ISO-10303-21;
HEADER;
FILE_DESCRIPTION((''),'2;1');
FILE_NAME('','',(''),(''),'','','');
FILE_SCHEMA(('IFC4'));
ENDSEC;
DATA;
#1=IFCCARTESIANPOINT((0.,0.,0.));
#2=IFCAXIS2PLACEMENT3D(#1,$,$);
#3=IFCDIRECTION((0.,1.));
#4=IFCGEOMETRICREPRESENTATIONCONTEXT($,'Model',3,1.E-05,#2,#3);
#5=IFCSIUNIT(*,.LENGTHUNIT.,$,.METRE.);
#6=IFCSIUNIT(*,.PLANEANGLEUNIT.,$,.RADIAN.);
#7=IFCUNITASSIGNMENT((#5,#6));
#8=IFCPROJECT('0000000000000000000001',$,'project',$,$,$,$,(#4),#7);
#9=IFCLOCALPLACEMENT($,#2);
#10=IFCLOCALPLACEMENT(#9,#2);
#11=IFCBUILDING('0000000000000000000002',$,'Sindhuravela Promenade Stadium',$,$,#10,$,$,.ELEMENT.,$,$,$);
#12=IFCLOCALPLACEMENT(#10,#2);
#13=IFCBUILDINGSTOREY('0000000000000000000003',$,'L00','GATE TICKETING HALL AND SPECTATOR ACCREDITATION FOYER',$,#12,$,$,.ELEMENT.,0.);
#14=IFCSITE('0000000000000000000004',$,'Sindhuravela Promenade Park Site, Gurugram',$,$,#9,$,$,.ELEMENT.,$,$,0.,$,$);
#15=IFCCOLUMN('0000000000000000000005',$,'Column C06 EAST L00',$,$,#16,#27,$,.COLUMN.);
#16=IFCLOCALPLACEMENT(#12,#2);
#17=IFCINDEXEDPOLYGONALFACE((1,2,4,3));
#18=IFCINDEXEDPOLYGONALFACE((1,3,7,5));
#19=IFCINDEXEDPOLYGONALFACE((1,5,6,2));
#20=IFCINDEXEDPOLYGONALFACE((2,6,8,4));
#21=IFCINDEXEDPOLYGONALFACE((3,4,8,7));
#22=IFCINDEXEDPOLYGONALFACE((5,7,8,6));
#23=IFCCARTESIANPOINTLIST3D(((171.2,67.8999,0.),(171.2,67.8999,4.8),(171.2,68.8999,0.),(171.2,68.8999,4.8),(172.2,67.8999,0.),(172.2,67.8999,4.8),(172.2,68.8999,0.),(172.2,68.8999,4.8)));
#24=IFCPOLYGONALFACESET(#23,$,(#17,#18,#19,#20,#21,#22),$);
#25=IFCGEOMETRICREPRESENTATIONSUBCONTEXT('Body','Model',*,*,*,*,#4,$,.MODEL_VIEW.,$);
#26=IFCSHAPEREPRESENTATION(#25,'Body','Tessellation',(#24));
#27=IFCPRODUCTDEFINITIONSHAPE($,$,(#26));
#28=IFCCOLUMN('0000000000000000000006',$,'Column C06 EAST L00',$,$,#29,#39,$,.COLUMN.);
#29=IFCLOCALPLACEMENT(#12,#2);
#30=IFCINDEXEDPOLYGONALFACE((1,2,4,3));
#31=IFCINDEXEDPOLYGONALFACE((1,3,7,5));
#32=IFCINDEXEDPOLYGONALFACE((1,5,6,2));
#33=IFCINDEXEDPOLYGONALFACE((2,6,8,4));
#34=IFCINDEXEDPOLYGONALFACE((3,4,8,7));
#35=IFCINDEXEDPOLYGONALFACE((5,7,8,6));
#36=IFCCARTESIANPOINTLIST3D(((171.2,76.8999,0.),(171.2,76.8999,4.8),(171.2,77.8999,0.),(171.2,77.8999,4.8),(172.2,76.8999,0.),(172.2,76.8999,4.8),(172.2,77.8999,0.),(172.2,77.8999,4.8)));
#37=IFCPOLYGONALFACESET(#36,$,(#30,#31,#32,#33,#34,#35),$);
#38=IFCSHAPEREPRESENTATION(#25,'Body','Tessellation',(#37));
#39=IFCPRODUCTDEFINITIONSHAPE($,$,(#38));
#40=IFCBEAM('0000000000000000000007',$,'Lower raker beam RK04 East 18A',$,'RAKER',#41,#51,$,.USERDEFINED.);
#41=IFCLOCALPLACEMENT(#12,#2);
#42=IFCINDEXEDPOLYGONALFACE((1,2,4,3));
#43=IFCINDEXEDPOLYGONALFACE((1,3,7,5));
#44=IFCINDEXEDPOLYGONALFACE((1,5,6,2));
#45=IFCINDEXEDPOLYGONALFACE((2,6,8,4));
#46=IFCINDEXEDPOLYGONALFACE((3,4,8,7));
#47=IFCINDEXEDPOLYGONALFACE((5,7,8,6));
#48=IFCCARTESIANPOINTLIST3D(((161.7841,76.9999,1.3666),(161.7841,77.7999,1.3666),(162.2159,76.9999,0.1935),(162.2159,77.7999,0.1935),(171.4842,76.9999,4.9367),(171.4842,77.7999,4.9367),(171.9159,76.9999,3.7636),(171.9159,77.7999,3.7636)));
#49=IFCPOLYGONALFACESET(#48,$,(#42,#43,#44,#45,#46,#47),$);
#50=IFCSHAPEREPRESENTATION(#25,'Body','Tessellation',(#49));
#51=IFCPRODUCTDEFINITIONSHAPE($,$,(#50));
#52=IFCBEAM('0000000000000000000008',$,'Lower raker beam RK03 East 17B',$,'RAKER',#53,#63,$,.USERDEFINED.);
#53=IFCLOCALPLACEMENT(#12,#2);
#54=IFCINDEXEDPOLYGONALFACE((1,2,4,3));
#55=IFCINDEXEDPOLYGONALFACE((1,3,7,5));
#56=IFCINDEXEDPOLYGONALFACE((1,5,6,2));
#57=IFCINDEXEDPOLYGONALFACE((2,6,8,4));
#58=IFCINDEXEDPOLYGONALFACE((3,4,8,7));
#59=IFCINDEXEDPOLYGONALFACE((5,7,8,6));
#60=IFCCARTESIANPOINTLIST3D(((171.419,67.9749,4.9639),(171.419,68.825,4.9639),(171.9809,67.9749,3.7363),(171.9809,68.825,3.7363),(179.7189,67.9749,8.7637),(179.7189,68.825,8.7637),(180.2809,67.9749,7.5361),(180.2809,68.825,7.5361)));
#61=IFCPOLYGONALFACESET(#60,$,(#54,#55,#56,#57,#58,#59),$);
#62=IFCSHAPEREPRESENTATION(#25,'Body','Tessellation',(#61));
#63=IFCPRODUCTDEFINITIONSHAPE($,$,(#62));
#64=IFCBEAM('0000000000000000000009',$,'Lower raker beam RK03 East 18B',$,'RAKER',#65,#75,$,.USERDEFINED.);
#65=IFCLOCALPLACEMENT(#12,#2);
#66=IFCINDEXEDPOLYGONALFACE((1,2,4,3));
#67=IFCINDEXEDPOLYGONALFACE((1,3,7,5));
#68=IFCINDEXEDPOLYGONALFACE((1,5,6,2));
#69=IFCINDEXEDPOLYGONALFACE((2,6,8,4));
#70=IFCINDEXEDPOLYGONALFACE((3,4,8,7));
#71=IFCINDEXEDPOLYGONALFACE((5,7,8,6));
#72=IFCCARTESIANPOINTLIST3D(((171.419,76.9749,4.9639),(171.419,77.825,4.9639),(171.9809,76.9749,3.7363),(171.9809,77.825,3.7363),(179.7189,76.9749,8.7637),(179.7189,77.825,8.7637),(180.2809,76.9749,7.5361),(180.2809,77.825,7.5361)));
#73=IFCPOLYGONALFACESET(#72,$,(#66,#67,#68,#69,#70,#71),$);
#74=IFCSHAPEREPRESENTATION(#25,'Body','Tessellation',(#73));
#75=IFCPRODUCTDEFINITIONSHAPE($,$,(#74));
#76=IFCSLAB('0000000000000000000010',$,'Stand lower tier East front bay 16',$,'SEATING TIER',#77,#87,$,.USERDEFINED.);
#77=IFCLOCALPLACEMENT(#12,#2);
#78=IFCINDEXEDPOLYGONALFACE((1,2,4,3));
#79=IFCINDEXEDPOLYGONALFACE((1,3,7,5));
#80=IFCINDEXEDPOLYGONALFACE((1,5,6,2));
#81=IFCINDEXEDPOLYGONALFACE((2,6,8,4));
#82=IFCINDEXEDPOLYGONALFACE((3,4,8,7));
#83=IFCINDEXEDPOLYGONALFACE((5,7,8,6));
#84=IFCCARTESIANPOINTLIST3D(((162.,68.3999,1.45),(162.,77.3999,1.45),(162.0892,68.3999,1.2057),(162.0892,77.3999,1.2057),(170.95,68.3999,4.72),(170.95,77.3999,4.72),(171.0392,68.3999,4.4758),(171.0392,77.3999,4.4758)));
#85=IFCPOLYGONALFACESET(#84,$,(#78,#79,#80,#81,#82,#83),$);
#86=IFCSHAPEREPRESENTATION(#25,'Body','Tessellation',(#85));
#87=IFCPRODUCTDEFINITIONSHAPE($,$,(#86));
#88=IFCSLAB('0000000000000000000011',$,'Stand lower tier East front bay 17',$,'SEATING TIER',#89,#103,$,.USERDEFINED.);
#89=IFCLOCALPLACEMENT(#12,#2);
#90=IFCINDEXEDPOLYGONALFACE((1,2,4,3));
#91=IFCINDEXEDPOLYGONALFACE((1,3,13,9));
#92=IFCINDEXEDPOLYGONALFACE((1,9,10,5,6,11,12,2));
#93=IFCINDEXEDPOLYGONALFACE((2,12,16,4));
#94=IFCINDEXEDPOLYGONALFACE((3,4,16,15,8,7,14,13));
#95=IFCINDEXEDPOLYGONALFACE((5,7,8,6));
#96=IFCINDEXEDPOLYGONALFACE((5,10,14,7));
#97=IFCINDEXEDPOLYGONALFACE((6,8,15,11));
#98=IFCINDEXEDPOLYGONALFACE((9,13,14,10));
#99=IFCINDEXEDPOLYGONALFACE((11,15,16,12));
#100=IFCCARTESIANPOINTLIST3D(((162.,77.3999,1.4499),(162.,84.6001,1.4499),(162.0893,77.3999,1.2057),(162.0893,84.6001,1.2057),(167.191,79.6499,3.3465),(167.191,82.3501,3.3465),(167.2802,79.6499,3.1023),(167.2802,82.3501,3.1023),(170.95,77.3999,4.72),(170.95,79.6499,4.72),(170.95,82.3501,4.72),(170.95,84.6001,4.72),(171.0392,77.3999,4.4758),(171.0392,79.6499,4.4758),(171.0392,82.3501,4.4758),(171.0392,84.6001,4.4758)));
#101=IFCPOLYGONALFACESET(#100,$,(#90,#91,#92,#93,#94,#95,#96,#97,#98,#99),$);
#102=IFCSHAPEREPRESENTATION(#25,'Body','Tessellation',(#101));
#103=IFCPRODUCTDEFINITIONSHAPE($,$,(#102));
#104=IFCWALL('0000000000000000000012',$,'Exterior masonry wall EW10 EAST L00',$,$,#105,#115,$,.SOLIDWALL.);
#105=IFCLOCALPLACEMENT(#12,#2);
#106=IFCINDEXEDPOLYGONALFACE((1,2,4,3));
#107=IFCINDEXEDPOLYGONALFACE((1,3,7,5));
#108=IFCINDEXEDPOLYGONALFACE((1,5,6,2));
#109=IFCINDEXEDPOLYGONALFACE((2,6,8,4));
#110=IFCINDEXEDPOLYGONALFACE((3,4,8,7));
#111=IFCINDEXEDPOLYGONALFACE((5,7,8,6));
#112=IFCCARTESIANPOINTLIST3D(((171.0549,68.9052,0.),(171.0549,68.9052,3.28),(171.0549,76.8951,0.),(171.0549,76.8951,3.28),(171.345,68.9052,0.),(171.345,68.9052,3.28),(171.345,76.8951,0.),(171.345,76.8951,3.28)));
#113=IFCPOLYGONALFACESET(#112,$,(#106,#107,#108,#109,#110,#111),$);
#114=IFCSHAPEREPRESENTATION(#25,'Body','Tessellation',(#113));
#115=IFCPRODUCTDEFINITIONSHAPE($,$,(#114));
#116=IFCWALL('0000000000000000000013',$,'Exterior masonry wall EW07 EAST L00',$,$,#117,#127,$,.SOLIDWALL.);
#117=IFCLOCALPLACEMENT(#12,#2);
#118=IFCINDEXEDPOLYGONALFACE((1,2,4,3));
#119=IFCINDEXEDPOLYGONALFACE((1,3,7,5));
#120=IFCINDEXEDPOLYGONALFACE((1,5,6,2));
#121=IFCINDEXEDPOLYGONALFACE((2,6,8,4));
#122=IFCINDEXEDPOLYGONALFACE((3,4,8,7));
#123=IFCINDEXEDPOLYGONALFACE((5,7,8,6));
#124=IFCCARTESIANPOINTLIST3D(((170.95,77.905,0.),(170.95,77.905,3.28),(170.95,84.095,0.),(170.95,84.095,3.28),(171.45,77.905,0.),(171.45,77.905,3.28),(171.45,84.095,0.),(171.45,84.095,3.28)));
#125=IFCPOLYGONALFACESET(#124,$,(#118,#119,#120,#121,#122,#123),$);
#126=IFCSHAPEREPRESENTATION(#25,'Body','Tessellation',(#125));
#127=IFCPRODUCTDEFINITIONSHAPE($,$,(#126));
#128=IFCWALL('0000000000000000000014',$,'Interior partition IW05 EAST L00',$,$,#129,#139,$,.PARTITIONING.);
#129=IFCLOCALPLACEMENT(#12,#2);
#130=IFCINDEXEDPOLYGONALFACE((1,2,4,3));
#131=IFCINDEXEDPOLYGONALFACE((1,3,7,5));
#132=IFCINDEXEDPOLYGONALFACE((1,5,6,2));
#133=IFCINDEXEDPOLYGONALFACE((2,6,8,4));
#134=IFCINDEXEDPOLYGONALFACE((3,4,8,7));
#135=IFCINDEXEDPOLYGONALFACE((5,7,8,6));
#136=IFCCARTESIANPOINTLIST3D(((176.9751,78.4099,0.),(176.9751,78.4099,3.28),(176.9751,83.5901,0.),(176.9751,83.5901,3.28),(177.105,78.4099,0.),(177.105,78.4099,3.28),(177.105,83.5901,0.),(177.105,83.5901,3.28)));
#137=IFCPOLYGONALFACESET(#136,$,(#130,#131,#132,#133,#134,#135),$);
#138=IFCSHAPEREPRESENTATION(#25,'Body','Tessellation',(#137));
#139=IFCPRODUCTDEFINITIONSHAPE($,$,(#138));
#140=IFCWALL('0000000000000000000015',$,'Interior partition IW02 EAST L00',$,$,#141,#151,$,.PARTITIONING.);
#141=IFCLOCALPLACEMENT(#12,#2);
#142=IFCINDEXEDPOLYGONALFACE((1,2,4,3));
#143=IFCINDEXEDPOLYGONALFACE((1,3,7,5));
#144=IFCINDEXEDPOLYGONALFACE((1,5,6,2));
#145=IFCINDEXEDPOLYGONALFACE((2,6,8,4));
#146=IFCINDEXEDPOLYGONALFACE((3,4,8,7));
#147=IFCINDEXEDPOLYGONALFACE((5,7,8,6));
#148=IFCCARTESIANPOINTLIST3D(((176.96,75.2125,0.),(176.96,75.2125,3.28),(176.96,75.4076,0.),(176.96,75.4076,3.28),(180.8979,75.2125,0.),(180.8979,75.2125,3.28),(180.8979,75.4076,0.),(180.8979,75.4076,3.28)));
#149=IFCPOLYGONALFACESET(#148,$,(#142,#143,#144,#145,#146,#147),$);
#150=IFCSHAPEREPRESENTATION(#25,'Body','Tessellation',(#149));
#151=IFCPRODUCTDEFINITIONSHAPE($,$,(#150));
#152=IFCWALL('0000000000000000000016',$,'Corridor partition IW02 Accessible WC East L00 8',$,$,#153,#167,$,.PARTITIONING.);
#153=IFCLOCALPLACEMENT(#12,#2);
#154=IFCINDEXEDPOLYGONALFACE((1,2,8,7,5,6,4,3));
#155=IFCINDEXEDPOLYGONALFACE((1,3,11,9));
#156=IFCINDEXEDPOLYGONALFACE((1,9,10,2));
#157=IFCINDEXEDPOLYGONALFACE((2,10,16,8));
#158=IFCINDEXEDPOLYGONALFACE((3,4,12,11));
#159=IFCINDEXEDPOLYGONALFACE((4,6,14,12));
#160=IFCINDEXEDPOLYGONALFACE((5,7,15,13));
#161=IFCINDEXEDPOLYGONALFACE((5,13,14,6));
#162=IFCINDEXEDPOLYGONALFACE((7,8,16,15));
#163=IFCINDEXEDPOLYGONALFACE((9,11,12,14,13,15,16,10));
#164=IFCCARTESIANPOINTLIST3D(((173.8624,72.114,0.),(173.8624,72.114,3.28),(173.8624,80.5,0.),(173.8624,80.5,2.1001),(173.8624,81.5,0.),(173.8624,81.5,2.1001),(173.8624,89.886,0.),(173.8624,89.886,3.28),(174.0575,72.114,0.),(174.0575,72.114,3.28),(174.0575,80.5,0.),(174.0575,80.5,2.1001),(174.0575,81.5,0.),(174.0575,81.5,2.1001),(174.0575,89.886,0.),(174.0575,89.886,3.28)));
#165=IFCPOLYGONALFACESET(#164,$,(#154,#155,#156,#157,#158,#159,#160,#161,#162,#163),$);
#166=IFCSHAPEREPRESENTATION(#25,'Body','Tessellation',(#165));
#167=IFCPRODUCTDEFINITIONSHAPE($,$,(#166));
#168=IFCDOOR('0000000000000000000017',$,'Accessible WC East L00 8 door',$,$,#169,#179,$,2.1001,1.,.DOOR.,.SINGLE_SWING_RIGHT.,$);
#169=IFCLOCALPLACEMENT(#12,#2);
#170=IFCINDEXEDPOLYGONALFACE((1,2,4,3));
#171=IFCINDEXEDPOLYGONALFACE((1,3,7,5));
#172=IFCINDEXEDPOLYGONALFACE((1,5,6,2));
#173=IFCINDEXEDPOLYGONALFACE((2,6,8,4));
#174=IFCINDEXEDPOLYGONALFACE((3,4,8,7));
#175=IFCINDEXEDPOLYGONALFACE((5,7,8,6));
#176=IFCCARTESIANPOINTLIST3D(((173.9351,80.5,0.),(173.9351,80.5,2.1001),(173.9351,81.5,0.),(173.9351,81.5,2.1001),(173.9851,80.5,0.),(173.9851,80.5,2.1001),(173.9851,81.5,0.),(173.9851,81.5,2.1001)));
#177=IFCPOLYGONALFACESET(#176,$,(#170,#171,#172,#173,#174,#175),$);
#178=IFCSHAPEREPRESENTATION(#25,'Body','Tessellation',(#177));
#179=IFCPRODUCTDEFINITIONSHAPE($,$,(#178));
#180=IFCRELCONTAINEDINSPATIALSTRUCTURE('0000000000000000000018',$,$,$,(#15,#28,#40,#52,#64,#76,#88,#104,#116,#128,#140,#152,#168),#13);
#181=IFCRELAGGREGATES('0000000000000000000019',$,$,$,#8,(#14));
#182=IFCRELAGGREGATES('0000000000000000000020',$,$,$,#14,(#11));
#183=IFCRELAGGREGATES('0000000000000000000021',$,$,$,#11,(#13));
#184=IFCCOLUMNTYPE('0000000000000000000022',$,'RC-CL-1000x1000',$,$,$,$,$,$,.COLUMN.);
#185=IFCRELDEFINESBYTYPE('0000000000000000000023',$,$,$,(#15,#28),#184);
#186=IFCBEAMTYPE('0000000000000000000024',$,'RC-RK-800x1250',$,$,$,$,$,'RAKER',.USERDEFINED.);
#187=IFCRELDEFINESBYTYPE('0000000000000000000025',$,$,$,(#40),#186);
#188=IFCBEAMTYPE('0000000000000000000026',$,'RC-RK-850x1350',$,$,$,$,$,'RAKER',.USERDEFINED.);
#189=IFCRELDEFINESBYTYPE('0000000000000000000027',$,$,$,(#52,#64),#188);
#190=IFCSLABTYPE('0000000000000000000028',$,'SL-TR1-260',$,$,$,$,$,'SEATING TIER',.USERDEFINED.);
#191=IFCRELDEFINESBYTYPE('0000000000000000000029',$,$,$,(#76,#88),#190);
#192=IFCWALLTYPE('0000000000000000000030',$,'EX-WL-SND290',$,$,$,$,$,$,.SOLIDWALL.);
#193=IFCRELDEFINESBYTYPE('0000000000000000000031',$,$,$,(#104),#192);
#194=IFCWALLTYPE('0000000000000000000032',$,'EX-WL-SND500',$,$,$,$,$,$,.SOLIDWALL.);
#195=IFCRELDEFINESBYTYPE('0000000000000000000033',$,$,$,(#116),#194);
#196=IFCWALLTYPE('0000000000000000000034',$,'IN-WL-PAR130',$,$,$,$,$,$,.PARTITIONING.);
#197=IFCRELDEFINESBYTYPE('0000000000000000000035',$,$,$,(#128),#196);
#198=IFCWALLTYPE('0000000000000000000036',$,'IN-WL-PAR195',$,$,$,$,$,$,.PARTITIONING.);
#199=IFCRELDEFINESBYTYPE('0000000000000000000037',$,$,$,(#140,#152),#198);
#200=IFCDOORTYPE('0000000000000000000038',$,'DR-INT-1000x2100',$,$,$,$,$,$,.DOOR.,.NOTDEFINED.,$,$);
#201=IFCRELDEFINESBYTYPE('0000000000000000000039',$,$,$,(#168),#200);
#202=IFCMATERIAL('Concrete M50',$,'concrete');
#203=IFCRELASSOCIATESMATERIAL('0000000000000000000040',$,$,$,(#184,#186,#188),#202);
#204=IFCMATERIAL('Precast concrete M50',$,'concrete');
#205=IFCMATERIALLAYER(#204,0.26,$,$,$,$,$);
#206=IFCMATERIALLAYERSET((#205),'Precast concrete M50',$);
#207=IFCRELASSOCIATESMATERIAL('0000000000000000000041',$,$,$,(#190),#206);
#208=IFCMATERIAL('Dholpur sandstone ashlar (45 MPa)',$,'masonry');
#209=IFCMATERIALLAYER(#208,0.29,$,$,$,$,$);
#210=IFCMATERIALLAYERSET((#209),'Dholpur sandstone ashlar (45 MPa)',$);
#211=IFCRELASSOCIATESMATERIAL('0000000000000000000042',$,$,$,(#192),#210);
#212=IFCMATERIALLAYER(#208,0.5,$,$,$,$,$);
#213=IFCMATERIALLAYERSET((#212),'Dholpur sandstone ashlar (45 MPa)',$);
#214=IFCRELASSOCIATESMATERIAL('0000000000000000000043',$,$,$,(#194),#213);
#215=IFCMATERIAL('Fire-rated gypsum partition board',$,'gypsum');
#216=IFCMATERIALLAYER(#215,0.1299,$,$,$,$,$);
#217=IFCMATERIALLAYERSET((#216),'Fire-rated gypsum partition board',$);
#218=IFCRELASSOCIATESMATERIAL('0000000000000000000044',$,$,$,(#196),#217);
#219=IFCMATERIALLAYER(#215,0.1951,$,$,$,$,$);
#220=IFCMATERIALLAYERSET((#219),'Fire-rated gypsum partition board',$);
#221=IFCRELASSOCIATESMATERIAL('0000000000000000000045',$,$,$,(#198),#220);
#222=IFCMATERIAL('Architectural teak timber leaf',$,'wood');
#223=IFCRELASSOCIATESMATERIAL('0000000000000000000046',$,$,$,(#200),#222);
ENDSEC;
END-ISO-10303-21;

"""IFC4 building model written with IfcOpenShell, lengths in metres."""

from ifc_helpers import new_model, si_unit, direction, frame, frame_2d, origin, origin_2d, place, context, subcontext, project, spatial, polyline, rectangle, outline, extrude, material, layer, layer_set, material_profile, profile_set, type_object, element, fill, save


model = new_model("IFC4")

# Units and contexts
model_context = context("Model", 3, precision=1e-05, world=origin(), true_north=direction((0.0, 1.0)))
body_context = subcontext(model_context, "Body", "Model", "MODEL_VIEW")
ifc_project = project(units=[si_unit("LENGTHUNIT", "METRE"), si_unit("PLANEANGLEUNIT", "RADIAN")], contexts=[model_context])

# Site, building, storey
site_placement = place(None, origin())
site = spatial("IfcSite", under=ifc_project, at=site_placement, Name="Sindhuravela Promenade Park Site, Gurugram", CompositionType="ELEMENT", RefElevation=0.0)
building_placement = place(site_placement, origin())
building = spatial("IfcBuilding", under=site, at=building_placement, Name="Sindhuravela Promenade Stadium", CompositionType="ELEMENT")
storey_placement = place(building_placement, origin())
storey = spatial("IfcBuildingStorey", under=building, at=storey_placement, Name="L00", Description="GATE TICKETING HALL AND SPECTATOR ACCREDITATION FOYER", CompositionType="ELEMENT", Elevation=0.0)

# Shared definitions
ifc_material_1 = material(Name="Concrete M50", Category="concrete")

# Columns
ifc_material_profile_1 = material_profile(ifc_material_1, rectangle(XDim=1.0, YDim=1.0, at=origin_2d()), Name="RC 1000x1000")
ifc_profile_set_1 = profile_set([ifc_material_profile_1], Name="Concrete M50")
column_type = type_object("IfcColumnType", Name="RC-CL-1000x1000", PredefinedType="COLUMN", material=ifc_profile_set_1)
for number, where, z_axis, x_axis, name in (
    (1, (171.7, 68.3999, 0.0), (0.0, 0.0, 1.0), (1.0, 0.0, 0.0), "Column C06 EAST L00"),
    (2, (171.7, 77.3999, 0.0), (0.0, 0.0, 1.0), (1.0, 0.0, 0.0), "Column C06 EAST L00"),
):
    element("IfcColumn", number, at=place(storey_placement, frame(where, z_axis=z_axis, x_axis=x_axis)), inside=storey, type_object=column_type, Name=name, PredefinedType="COLUMN", context=body_context, shape_type="SweptSolid", body=[
        extrude(rectangle(XDim=1.0, YDim=1.0, at=origin_2d()), origin(), (0.0, 0.0, 1.0), 4.8),
    ])

# Beams
ifc_material_profile_2 = material_profile(ifc_material_1, rectangle(XDim=0.8, YDim=1.25, at=origin_2d()), Name="RC 800x1250")
ifc_profile_set_2 = profile_set([ifc_material_profile_2], Name="Concrete M50")
beam_type_1 = type_object("IfcBeamType", Name="RC-RK-800x1250", ElementType="RAKER", PredefinedType="USERDEFINED", material=ifc_profile_set_2)
beam_placement = place(storey_placement, frame((162.0, 77.3999, 0.78), z_axis=(0.938456, 0.0, 0.345399), x_axis=(0.0, 1.0, 0.0)))
element("IfcBeam", 3, at=beam_placement, inside=storey, type_object=beam_type_1, Name="Lower raker beam RK04 East 18A", ObjectType="RAKER", PredefinedType="USERDEFINED", context=body_context, shape_type="SweptSolid", body=[
    extrude(rectangle(XDim=0.8, YDim=1.25, at=origin_2d()), origin(), (0.0, 0.0, 1.0), 10.3362),
])
ifc_material_profile_3 = material_profile(ifc_material_1, rectangle(XDim=0.8501, YDim=1.3501, at=origin_2d()), Name="RC 850x1350")
ifc_profile_set_3 = profile_set([ifc_material_profile_3], Name="Concrete M50")
beam_type_2 = type_object("IfcBeamType", Name="RC-RK-850x1350", ElementType="RAKER", PredefinedType="USERDEFINED", material=ifc_profile_set_3)
for number, where, z_axis, x_axis, name in (
    (4, (171.7, 68.3999, 4.3501), (0.909247, 0.0, 0.416258), (0.0, 1.0, 0.0), "Lower raker beam RK03 East 17B"),
    (5, (171.7, 77.3999, 4.3501), (0.909247, 0.0, 0.416258), (0.0, 1.0, 0.0), "Lower raker beam RK03 East 18B"),
):
    element("IfcBeam", number, at=place(storey_placement, frame(where, z_axis=z_axis, x_axis=x_axis)), inside=storey, type_object=beam_type_2, Name=name, ObjectType="RAKER", PredefinedType="USERDEFINED", context=body_context, shape_type="SweptSolid", body=[
        extrude(rectangle(XDim=0.8501, YDim=1.3501, at=origin_2d()), origin(), (0.0, 0.0, 1.0), 9.1284),
    ])

# Slabs
ifc_material_2 = material(Name="Precast concrete M50", Category="concrete")
ifc_layer_1 = layer(ifc_material_2, 0.26)
ifc_layer_set_1 = layer_set([ifc_layer_1], Name="Precast concrete M50")
slab_type = type_object("IfcSlabType", Name="SL-TR1-260", ElementType="SEATING TIER", PredefinedType="USERDEFINED", material=ifc_layer_set_1)
slab_1_placement = place(storey_placement, frame((170.95, 68.3999, 4.72), z_axis=(-0.343179, 0.0, 0.93927), x_axis=(0.0, 1.0, 0.0)))
element("IfcSlab", 6, at=slab_1_placement, inside=storey, type_object=slab_type, Name="Stand lower tier East front bay 16", ObjectType="SEATING TIER", PredefinedType="USERDEFINED", context=body_context, shape_type="SweptSolid", body=[
    extrude(outline(polyline([(0.0, 0.0), (9.0, 0.0), (9.0, 9.5286), (0.0, 9.5286), (0.0, 0.0)])), origin(), (0.0, 0.0, -1.0), 0.26),
])
slab_2_placement = place(storey_placement, frame((170.95, 77.3999, 4.72), z_axis=(-0.343184, 0.0, 0.939268), x_axis=(0.0, 1.0, 0.0)))
element("IfcSlab", 7, at=slab_2_placement, inside=storey, type_object=slab_type, Name="Stand lower tier East front bay 17", ObjectType="SEATING TIER", PredefinedType="USERDEFINED", context=body_context, shape_type="SweptSolid", body=[
    extrude(outline(polyline([(0.0, 0.0), (2.25, 0.0), (2.25, 4.002), (4.9502, 4.002), (4.9502, 0.0), (7.2002, 0.0), (7.2002, 9.5286), (0.0, 9.5286), (0.0, 0.0)])), origin(), (0.0, 0.0, -1.0), 0.26),
])

# Walls
ifc_material_3 = material(Name="Dholpur sandstone ashlar (45 MPa)", Category="masonry")
ifc_layer_2 = layer(ifc_material_3, 0.29)
ifc_layer_set_2 = layer_set([ifc_layer_2], Name="Dholpur sandstone ashlar (45 MPa)")
wall_type_1 = type_object("IfcWallType", Name="EX-WL-SND290", PredefinedType="SOLIDWALL", material=ifc_layer_set_2)
wall_1_placement = place(storey_placement, frame((171.2, 68.905, 0.0), z_axis=(0.0, 0.0, 1.0), x_axis=(0.0, 1.0, 0.0)))
element("IfcWall", 8, at=wall_1_placement, inside=storey, type_object=wall_type_1, Name="Exterior masonry wall EW10 EAST L00", PredefinedType="SOLIDWALL", context=body_context, shape_type="SweptSolid", body=[
    extrude(rectangle(XDim=7.99, YDim=0.29, at=frame_2d((3.9951, 0.0))), origin(), (0.0, 0.0, 1.0), 3.28),
])
ifc_layer_3 = layer(ifc_material_3, 0.5)
ifc_layer_set_3 = layer_set([ifc_layer_3], Name="Dholpur sandstone ashlar (45 MPa)")
wall_type_2 = type_object("IfcWallType", Name="EX-WL-SND500", PredefinedType="SOLIDWALL", material=ifc_layer_set_3)
wall_2_placement = place(storey_placement, frame((171.2, 77.905, 0.0), z_axis=(0.0, 0.0, 1.0), x_axis=(0.0, 1.0, 0.0)))
element("IfcWall", 9, at=wall_2_placement, inside=storey, type_object=wall_type_2, Name="Exterior masonry wall EW07 EAST L00", PredefinedType="SOLIDWALL", context=body_context, shape_type="SweptSolid", body=[
    extrude(rectangle(XDim=6.1899, YDim=0.5, at=frame_2d((3.095, 0.0))), origin(), (0.0, 0.0, 1.0), 3.28),
])
ifc_material_4 = material(Name="Fire-rated gypsum partition board", Category="gypsum")
ifc_layer_4 = layer(ifc_material_4, 0.1299)
ifc_layer_set_4 = layer_set([ifc_layer_4], Name="Fire-rated gypsum partition board")
wall_type_3 = type_object("IfcWallType", Name="IN-WL-PAR130", PredefinedType="PARTITIONING", material=ifc_layer_set_4)
wall_3_placement = place(storey_placement, frame((177.04, 78.4099, 0.0), z_axis=(0.0, 0.0, 1.0), x_axis=(0.0, 1.0, 0.0)))
element("IfcWall", 10, at=wall_3_placement, inside=storey, type_object=wall_type_3, Name="Interior partition IW05 EAST L00", PredefinedType="PARTITIONING", context=body_context, shape_type="SweptSolid", body=[
    extrude(rectangle(XDim=5.1802, YDim=0.1299, at=frame_2d((2.5901, 0.0))), origin(), (0.0, 0.0, 1.0), 3.28),
])
ifc_layer_5 = layer(ifc_material_4, 0.1951)
ifc_layer_set_5 = layer_set([ifc_layer_5], Name="Fire-rated gypsum partition board")
wall_type_4 = type_object("IfcWallType", Name="IN-WL-PAR195", PredefinedType="PARTITIONING", material=ifc_layer_set_5)
wall_4_placement = place(storey_placement, frame((176.96, 75.3101, 0.0), z_axis=(0.0, 0.0, 1.0), x_axis=(1.0, 0.0, 0.0)))
element("IfcWall", 11, at=wall_4_placement, inside=storey, type_object=wall_type_4, Name="Interior partition IW02 EAST L00", PredefinedType="PARTITIONING", context=body_context, shape_type="SweptSolid", body=[
    extrude(rectangle(XDim=3.938, YDim=0.1951, at=frame_2d((1.969, 0.0))), origin(), (0.0, 0.0, 1.0), 3.28),
])

# Wall, opening, door
wall_5_placement = place(storey_placement, frame((173.96, 72.114, 0.0), z_axis=(0.0, 0.0, 1.0), x_axis=(0.0, 1.0, 0.0)))
wall_5 = element("IfcWall", 12, at=wall_5_placement, inside=storey, type_object=wall_type_4, Name="Corridor partition IW02 Accessible WC East L00 8", PredefinedType="PARTITIONING", context=body_context, shape_type="SweptSolid", body=[
    extrude(rectangle(XDim=17.772, YDim=0.1951, at=frame_2d((8.886, 0.0))), origin(), (0.0, 0.0, 1.0), 3.28),
])
opening_1_placement = place(wall_5_placement, frame((8.386, 0.0, 0.0)))
opening_1 = element("IfcOpeningElement", 13, at=opening_1_placement, cuts=wall_5, PredefinedType="OPENING", context=body_context, shape_type="SweptSolid", body=[
    extrude(rectangle(XDim=1.0, YDim=2.1001, at=frame_2d((0.5, 1.05))), frame((0.0, 0.1074, 0.0), z_axis=(0.0, -1.0, 0.0), x_axis=(1.0, 0.0, 0.0)), (0.0, 0.0, 1.0), 0.2151),
])
ifc_material_5 = material(Name="Architectural teak timber leaf", Category="wood")
door_type_1 = type_object("IfcDoorType", Name="DR-INT-1000x2100", OperationType="NOTDEFINED", PredefinedType="DOOR", material=ifc_material_5)
door_1_placement = place(opening_1_placement, origin())
door_1 = element("IfcDoor", 14, at=door_1_placement, inside=storey, type_object=door_type_1, Name="Accessible WC East L00 8 door", OperationType="SINGLE_SWING_RIGHT", OverallHeight=2.1001, OverallWidth=1.0, PredefinedType="DOOR", context=body_context, shape_type="SweptSolid", body=[
    extrude(rectangle(XDim=1.0, YDim=2.1001, at=frame_2d((0.5, 1.05))), frame((0.0, 0.0249, 0.0), z_axis=(0.0, -1.0, 0.0), x_axis=(1.0, 0.0, 0.0)), (0.0, 0.0, 1.0), 0.05),
])
fill(opening_1, door_1)

save(model, "model.ifc")
